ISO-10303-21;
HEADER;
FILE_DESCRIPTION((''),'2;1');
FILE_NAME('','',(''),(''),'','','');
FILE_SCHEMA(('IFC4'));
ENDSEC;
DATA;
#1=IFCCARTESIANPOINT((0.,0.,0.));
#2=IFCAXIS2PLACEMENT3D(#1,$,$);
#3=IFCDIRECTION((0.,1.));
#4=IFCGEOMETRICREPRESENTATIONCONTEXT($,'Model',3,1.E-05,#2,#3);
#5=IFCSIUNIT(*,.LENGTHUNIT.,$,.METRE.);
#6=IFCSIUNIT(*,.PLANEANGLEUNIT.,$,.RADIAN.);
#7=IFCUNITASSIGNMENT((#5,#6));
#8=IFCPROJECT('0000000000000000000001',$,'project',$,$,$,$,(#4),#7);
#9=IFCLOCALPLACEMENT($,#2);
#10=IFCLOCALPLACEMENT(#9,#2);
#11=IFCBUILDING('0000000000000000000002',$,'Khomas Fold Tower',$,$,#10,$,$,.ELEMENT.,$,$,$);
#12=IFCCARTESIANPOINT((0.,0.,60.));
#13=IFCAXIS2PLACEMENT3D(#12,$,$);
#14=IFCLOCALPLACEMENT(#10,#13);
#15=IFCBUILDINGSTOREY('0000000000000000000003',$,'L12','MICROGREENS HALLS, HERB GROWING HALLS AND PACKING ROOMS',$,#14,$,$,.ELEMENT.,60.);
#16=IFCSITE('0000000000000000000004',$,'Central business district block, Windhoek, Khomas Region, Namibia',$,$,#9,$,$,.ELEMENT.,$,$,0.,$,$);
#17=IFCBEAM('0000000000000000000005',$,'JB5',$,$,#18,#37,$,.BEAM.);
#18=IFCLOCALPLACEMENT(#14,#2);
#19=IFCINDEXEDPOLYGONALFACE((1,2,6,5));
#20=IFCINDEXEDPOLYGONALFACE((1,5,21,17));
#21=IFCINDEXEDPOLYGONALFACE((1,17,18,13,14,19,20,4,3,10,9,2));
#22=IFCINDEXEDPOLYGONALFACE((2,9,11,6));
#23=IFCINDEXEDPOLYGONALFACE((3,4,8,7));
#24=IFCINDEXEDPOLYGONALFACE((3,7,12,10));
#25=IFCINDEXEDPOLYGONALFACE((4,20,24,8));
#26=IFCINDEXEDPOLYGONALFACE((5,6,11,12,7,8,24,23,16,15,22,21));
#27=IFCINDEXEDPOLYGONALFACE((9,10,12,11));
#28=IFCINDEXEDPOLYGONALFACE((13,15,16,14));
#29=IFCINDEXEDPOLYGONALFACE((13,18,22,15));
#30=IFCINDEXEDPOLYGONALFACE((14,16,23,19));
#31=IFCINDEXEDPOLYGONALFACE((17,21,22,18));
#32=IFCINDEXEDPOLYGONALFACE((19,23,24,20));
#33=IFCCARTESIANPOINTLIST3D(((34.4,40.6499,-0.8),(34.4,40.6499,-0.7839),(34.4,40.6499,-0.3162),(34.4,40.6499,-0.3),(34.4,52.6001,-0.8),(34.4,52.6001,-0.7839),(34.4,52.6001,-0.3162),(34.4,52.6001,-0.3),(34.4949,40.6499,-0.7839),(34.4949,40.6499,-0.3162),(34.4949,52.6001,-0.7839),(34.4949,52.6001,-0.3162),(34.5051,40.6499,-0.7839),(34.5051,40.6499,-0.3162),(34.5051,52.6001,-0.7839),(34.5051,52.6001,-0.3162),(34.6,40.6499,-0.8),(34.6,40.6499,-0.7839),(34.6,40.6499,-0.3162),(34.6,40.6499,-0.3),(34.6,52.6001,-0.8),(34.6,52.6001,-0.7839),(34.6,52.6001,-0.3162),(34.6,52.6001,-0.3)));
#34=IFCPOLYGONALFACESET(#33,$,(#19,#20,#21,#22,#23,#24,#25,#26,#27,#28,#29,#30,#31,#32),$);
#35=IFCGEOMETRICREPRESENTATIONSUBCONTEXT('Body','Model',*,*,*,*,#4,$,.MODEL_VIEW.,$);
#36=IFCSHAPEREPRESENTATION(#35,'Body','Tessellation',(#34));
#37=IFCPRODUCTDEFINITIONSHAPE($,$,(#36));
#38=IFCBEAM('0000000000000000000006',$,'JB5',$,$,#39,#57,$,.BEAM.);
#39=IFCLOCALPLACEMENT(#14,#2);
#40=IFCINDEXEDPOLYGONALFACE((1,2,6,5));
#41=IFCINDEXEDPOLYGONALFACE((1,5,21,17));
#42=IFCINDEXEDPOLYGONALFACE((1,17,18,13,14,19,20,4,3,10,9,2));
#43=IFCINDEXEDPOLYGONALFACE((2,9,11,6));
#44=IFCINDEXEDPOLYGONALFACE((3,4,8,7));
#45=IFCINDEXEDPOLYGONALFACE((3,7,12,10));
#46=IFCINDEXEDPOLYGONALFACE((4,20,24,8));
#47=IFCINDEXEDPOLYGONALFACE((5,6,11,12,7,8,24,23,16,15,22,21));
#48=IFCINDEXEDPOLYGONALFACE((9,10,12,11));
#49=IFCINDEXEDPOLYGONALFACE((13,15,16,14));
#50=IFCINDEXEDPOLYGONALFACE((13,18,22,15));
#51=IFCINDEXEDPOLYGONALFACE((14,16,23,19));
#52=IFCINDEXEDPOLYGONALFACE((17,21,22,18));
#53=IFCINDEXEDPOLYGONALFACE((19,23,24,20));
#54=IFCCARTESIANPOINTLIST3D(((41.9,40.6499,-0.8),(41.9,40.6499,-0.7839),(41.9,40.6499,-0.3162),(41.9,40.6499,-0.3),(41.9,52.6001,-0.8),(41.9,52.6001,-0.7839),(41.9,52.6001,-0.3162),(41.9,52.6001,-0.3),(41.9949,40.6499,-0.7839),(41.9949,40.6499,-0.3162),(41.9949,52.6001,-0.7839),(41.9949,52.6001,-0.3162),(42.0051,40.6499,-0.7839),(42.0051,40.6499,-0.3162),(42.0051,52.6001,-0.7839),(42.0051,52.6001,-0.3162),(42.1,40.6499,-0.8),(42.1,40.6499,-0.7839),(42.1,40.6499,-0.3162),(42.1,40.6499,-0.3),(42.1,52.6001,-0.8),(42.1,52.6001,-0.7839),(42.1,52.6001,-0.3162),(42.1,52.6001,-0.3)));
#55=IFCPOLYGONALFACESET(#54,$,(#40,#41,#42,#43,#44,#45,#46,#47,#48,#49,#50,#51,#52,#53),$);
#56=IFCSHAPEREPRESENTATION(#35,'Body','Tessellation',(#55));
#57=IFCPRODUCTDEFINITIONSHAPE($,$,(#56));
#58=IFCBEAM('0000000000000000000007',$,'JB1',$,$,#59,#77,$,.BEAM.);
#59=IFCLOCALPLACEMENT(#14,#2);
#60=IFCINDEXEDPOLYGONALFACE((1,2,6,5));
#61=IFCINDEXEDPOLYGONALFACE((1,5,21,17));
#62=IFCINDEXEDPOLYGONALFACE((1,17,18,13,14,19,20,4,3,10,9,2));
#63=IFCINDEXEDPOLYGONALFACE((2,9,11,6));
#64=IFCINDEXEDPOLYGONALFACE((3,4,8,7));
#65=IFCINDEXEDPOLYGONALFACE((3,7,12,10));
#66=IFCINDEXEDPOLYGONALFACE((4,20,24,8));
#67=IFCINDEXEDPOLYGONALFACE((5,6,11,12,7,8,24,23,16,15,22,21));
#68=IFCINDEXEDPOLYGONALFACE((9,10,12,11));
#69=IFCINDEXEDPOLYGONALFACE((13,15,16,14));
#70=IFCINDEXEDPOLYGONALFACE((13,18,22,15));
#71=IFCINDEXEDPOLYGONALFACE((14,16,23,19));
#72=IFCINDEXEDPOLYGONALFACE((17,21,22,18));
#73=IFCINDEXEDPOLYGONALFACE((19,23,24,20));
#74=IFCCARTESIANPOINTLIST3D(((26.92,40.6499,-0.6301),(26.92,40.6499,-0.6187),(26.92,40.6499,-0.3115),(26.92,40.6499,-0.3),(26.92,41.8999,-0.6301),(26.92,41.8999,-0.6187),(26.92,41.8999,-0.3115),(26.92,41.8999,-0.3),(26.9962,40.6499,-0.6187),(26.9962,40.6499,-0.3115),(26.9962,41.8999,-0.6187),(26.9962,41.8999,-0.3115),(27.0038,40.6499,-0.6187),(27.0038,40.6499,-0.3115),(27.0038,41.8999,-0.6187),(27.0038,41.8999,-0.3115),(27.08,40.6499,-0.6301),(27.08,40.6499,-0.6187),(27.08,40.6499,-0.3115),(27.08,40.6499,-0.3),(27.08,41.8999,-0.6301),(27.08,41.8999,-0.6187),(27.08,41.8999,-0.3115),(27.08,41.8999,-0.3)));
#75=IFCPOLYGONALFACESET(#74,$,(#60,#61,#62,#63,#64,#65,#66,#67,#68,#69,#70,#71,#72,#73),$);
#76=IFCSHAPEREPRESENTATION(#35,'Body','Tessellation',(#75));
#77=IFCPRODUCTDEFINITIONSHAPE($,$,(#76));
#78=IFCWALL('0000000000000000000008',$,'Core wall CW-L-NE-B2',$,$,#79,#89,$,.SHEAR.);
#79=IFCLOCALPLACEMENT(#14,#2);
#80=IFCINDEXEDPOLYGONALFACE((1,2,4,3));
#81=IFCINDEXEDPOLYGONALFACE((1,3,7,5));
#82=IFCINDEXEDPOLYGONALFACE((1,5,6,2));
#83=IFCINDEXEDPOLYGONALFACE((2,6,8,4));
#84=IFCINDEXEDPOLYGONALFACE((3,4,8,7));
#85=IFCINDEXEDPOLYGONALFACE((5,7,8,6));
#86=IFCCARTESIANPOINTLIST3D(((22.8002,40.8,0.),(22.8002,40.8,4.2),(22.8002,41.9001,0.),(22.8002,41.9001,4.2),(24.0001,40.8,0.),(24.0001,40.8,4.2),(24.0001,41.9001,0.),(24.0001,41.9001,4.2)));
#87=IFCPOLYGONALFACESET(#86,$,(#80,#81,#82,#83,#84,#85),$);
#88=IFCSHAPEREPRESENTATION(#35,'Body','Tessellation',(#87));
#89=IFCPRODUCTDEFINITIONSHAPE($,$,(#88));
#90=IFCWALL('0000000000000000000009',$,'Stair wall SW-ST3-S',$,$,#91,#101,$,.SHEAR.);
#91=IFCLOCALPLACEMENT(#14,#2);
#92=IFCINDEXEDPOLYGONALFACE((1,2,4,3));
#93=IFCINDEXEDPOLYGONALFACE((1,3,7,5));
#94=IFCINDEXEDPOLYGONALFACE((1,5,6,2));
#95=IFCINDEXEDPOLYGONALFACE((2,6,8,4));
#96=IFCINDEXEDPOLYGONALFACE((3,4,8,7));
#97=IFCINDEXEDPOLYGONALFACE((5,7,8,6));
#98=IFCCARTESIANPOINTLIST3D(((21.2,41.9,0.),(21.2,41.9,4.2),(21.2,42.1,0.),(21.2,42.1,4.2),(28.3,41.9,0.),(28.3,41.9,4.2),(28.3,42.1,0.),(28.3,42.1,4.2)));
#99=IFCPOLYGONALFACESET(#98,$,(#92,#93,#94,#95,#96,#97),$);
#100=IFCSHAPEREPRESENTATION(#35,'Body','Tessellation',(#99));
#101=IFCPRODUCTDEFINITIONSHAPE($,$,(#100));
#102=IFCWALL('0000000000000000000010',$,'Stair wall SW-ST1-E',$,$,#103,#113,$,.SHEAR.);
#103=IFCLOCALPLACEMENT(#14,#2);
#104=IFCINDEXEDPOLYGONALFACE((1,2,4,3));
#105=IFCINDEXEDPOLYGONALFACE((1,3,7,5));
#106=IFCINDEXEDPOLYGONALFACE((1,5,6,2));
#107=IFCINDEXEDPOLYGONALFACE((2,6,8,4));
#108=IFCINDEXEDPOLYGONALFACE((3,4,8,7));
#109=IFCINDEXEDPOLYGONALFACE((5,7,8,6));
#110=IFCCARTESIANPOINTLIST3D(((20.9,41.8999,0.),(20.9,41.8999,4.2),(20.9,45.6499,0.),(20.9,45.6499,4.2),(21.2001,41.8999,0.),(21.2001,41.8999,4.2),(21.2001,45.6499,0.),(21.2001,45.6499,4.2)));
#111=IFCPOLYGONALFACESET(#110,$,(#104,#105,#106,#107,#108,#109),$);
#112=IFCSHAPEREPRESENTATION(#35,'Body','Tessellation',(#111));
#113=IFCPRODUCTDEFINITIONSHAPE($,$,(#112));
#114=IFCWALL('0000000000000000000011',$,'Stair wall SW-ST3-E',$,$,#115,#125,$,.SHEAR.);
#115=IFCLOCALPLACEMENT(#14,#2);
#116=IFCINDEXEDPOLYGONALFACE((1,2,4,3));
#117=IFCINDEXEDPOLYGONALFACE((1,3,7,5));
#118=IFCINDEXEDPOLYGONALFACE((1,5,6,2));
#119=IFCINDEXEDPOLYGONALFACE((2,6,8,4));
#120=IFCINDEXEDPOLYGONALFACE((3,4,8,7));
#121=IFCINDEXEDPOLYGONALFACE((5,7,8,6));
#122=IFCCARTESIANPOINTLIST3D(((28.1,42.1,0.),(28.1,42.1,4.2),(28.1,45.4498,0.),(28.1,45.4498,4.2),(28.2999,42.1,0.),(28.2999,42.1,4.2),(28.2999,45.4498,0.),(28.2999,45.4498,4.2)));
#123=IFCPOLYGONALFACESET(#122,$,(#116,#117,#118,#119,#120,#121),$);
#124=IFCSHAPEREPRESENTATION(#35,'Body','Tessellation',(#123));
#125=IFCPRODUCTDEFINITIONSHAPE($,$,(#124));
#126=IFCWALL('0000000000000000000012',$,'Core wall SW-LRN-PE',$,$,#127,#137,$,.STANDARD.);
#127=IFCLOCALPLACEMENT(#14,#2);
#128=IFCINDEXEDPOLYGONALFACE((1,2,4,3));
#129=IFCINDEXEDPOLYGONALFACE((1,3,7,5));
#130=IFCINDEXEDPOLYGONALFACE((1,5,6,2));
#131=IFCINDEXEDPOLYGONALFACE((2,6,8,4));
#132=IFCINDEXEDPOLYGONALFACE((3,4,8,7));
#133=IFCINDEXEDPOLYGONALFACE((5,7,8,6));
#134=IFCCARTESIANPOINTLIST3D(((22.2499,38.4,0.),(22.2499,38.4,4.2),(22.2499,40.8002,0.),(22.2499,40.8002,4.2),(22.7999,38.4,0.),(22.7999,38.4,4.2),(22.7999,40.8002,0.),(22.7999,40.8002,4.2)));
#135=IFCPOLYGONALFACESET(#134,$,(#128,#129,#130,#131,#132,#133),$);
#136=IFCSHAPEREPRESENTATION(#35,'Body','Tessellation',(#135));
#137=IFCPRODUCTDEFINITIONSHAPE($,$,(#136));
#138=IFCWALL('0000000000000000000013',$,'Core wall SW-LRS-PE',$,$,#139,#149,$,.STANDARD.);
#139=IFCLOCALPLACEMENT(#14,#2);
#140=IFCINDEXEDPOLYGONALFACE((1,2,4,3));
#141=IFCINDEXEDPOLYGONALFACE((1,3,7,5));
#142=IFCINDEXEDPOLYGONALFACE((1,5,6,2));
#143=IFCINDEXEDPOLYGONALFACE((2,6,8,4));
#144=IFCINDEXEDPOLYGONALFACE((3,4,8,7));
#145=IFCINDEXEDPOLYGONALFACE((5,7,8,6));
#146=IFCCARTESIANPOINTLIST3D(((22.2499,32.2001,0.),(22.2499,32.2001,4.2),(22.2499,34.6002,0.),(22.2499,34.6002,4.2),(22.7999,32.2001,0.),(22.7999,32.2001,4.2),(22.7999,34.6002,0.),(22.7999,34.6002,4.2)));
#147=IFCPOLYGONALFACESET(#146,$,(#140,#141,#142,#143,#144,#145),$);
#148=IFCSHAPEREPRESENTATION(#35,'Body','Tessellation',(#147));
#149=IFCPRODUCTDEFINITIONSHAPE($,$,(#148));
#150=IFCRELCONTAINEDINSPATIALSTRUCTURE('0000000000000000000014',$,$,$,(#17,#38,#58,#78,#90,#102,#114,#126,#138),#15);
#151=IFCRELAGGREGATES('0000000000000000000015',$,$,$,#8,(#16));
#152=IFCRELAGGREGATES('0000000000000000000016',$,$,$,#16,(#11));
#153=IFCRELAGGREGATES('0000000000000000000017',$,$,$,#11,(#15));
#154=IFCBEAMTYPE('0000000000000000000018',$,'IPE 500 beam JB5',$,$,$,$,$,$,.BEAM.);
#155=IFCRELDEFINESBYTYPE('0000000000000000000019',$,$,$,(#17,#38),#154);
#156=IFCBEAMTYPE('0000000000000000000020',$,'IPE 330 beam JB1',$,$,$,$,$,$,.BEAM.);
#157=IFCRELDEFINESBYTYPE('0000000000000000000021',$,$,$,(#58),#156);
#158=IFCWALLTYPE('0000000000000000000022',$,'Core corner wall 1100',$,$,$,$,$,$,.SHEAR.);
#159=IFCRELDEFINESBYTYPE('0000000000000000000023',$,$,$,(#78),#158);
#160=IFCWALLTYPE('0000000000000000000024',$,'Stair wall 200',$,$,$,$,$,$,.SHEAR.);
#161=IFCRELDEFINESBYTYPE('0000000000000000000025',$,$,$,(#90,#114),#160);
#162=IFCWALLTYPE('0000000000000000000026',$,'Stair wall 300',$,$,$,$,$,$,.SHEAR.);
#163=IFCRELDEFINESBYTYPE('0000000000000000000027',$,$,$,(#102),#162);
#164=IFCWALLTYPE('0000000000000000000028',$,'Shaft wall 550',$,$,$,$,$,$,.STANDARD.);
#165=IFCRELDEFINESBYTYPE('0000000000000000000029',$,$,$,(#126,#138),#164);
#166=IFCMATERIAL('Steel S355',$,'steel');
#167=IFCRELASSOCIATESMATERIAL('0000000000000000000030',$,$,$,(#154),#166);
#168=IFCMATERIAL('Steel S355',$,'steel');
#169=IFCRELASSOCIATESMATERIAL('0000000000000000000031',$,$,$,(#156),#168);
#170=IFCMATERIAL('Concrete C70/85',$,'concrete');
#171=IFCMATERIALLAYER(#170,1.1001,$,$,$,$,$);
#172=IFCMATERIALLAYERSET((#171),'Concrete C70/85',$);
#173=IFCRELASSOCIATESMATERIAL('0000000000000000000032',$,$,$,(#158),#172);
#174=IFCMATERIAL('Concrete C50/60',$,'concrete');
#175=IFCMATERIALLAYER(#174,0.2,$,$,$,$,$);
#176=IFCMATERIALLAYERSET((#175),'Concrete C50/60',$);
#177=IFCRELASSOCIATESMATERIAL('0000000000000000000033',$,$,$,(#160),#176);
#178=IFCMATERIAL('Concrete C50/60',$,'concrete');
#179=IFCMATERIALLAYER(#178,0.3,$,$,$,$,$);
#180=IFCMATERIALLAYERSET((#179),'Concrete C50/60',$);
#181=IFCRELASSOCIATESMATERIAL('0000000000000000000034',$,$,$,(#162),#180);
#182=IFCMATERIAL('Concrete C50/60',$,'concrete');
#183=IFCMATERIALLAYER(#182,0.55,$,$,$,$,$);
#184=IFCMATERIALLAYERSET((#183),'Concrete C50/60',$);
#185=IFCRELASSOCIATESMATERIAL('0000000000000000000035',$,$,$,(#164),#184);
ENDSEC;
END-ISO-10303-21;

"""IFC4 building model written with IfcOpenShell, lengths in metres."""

from ifc_helpers import new_model, si_unit, direction, frame, frame_2d, origin, origin_2d, place, context, subcontext, project, spatial, rectangle, i_section, extrude, source, transform, mapped, material, layer, layer_set, material_profile, profile_set, type_object, element, save


model = new_model("IFC4")

# Units and contexts
model_context = context("Model", 3, precision=1e-05, world=origin(), true_north=direction((0.0, 1.0)))
body_context = subcontext(model_context, "Body", "Model", "MODEL_VIEW")
ifc_project = project(units=[si_unit("LENGTHUNIT", "METRE"), si_unit("PLANEANGLEUNIT", "RADIAN")], contexts=[model_context])

# Site, building, storey
site_placement = place(None, origin())
site = spatial("IfcSite", under=ifc_project, at=site_placement, Name="Central business district block, Windhoek, Khomas Region, Namibia", CompositionType="ELEMENT", RefElevation=0.0)
building_placement = place(site_placement, origin())
building = spatial("IfcBuilding", under=site, at=building_placement, Name="Khomas Fold Tower", CompositionType="ELEMENT")
storey_placement = place(building_placement, frame((0.0, 0.0, 60.0)))
storey = spatial("IfcBuildingStorey", under=building, at=storey_placement, Name="L12", Description="MICROGREENS HALLS, HERB GROWING HALLS AND PACKING ROOMS", CompositionType="ELEMENT", Elevation=60.0)

# Beams
ifc_material_1 = material(Name="Steel S355", Category="steel")
ifc_material_profile_1 = material_profile(ifc_material_1, i_section(OverallWidth=0.2, OverallDepth=0.5, WebThickness=0.0103, FlangeThickness=0.0161, at=origin_2d()), Name="IPE 500")
ifc_profile_set_1 = profile_set([ifc_material_profile_1], Name="Steel S355")
beam_type_1 = type_object("IfcBeamType", Name="IPE 500 beam JB5", PredefinedType="BEAM", material=ifc_profile_set_1)
shared_shape_1 = source(origin(), body_context, "Body", "SweptSolid", [
    extrude(i_section(OverallWidth=0.2, OverallDepth=0.5, WebThickness=0.0103, FlangeThickness=0.0161, at=origin_2d()), origin(), (0.0, 0.0, 1.0), 11.9502),
])
for number, where, z_axis, x_axis, name in (
    (1, (34.5, 40.6499, -0.55), (0.0, 1.0, 0.0), (-1.0, 0.0, 0.0), "JB5"),
    (2, (42.0, 40.6499, -0.55), (0.0, 1.0, 0.0), (-1.0, 0.0, 0.0), "JB5"),
):
    element("IfcBeam", number, at=place(storey_placement, frame(where, z_axis=z_axis, x_axis=x_axis)), inside=storey, type_object=beam_type_1, Name=name, PredefinedType="BEAM", context=body_context, shape_type="MappedRepresentation", body=[
        mapped(shared_shape_1, transform((0.0, 0.0, 0.0))),
    ])
ifc_material_2 = material(Name="Steel S355", Category="steel")
ifc_material_profile_2 = material_profile(ifc_material_2, i_section(OverallWidth=0.1599, OverallDepth=0.3301, WebThickness=0.0076, FlangeThickness=0.0115, at=origin_2d()), Name="IPE 330")
ifc_profile_set_2 = profile_set([ifc_material_profile_2], Name="Steel S355")
beam_type_2 = type_object("IfcBeamType", Name="IPE 330 beam JB1", PredefinedType="BEAM", material=ifc_profile_set_2)
shared_shape_2 = source(origin(), body_context, "Body", "SweptSolid", [
    extrude(i_section(OverallWidth=0.1599, OverallDepth=0.3301, WebThickness=0.0076, FlangeThickness=0.0115, at=origin_2d()), origin(), (0.0, 0.0, 1.0), 1.25),
])
beam_placement = place(storey_placement, frame((27.0, 40.6499, -0.4651), z_axis=(0.0, 1.0, 0.0), x_axis=(-1.0, 0.0, 0.0)))
element("IfcBeam", 3, at=beam_placement, inside=storey, type_object=beam_type_2, Name="JB1", PredefinedType="BEAM", context=body_context, shape_type="MappedRepresentation", body=[
    mapped(shared_shape_2, transform((0.0, 0.0, 0.0))),
])

# Walls
ifc_material_3 = material(Name="Concrete C70/85", Category="concrete")
ifc_layer_1 = layer(ifc_material_3, 1.1001)
ifc_layer_set_1 = layer_set([ifc_layer_1], Name="Concrete C70/85")
wall_type_1 = type_object("IfcWallType", Name="Core corner wall 1100", PredefinedType="SHEAR", material=ifc_layer_set_1)
shared_shape_3 = source(origin(), body_context, "Body", "SweptSolid", [
    extrude(rectangle(XDim=1.2, YDim=1.1001, at=frame_2d((0.6001, 0.0))), origin(), (0.0, 0.0, 1.0), 4.2),
])
wall_1_placement = place(storey_placement, frame((22.8, 41.3501, 0.0), z_axis=(0.0, 0.0, 1.0), x_axis=(1.0, 0.0, 0.0)))
element("IfcWall", 4, at=wall_1_placement, inside=storey, type_object=wall_type_1, Name="Core wall CW-L-NE-B2", PredefinedType="SHEAR", context=body_context, shape_type="MappedRepresentation", body=[
    mapped(shared_shape_3, transform((0.0, 0.0, 0.0))),
])
ifc_material_4 = material(Name="Concrete C50/60", Category="concrete")
ifc_layer_2 = layer(ifc_material_4, 0.2)
ifc_layer_set_2 = layer_set([ifc_layer_2], Name="Concrete C50/60")
wall_type_2 = type_object("IfcWallType", Name="Stair wall 200", PredefinedType="SHEAR", material=ifc_layer_set_2)
shared_shape_4 = source(origin(), body_context, "Body", "SweptSolid", [
    extrude(rectangle(XDim=7.1001, YDim=0.2, at=frame_2d((3.55, 0.0))), origin(), (0.0, 0.0, 1.0), 4.2),
])
wall_2_placement = place(storey_placement, frame((21.2, 42.0, 0.0), z_axis=(0.0, 0.0, 1.0), x_axis=(1.0, 0.0, 0.0)))
element("IfcWall", 5, at=wall_2_placement, inside=storey, type_object=wall_type_2, Name="Stair wall SW-ST3-S", PredefinedType="SHEAR", context=body_context, shape_type="MappedRepresentation", body=[
    mapped(shared_shape_4, transform((0.0, 0.0, 0.0))),
])
ifc_material_5 = material(Name="Concrete C50/60", Category="concrete")
ifc_layer_3 = layer(ifc_material_5, 0.3)
ifc_layer_set_3 = layer_set([ifc_layer_3], Name="Concrete C50/60")
wall_type_3 = type_object("IfcWallType", Name="Stair wall 300", PredefinedType="SHEAR", material=ifc_layer_set_3)
shared_shape_5 = source(origin(), body_context, "Body", "SweptSolid", [
    extrude(rectangle(XDim=3.75, YDim=0.3, at=frame_2d((1.875, 0.0))), origin(), (0.0, 0.0, 1.0), 4.2),
])
wall_3_placement = place(storey_placement, frame((21.05, 41.8999, 0.0), z_axis=(0.0, 0.0, 1.0), x_axis=(0.0, 1.0, 0.0)))
element("IfcWall", 6, at=wall_3_placement, inside=storey, type_object=wall_type_3, Name="Stair wall SW-ST1-E", PredefinedType="SHEAR", context=body_context, shape_type="MappedRepresentation", body=[
    mapped(shared_shape_5, transform((0.0, 0.0, 0.0))),
])
shared_shape_6 = source(origin(), body_context, "Body", "SweptSolid", [
    extrude(rectangle(XDim=3.3499, YDim=0.2, at=frame_2d((1.6748, 0.0))), origin(), (0.0, 0.0, 1.0), 4.2),
])
wall_4_placement = place(storey_placement, frame((28.2, 42.1001, 0.0), z_axis=(0.0, 0.0, 1.0), x_axis=(0.0, 1.0, 0.0)))
element("IfcWall", 7, at=wall_4_placement, inside=storey, type_object=wall_type_2, Name="Stair wall SW-ST3-E", PredefinedType="SHEAR", context=body_context, shape_type="MappedRepresentation", body=[
    mapped(shared_shape_6, transform((0.0, 0.0, 0.0))),
])
ifc_material_6 = material(Name="Concrete C50/60", Category="concrete")
ifc_layer_4 = layer(ifc_material_6, 0.55)
ifc_layer_set_4 = layer_set([ifc_layer_4], Name="Concrete C50/60")
wall_type_4 = type_object("IfcWallType", Name="Shaft wall 550", PredefinedType="STANDARD", material=ifc_layer_set_4)
shared_shape_7 = source(origin(), body_context, "Body", "SweptSolid", [
    extrude(rectangle(XDim=2.4001, YDim=0.55, at=frame_2d((1.2002, 0.0))), origin(), (0.0, 0.0, 1.0), 4.2),
])
for number, where, z_axis, x_axis, name in (
    (8, (22.5249, 38.3999, 0.0), (0.0, 0.0, 1.0), (0.0, 1.0, 0.0), "Core wall SW-LRN-PE"),
    (9, (22.5249, 32.2, 0.0), (0.0, 0.0, 1.0), (0.0, 1.0, 0.0), "Core wall SW-LRS-PE"),
):
    element("IfcWall", number, at=place(storey_placement, frame(where, z_axis=z_axis, x_axis=x_axis)), inside=storey, type_object=wall_type_4, Name=name, PredefinedType="STANDARD", context=body_context, shape_type="MappedRepresentation", body=[
        mapped(shared_shape_7, transform((0.0, 0.0, 0.0))),
    ])

save(model, "model.ifc")
